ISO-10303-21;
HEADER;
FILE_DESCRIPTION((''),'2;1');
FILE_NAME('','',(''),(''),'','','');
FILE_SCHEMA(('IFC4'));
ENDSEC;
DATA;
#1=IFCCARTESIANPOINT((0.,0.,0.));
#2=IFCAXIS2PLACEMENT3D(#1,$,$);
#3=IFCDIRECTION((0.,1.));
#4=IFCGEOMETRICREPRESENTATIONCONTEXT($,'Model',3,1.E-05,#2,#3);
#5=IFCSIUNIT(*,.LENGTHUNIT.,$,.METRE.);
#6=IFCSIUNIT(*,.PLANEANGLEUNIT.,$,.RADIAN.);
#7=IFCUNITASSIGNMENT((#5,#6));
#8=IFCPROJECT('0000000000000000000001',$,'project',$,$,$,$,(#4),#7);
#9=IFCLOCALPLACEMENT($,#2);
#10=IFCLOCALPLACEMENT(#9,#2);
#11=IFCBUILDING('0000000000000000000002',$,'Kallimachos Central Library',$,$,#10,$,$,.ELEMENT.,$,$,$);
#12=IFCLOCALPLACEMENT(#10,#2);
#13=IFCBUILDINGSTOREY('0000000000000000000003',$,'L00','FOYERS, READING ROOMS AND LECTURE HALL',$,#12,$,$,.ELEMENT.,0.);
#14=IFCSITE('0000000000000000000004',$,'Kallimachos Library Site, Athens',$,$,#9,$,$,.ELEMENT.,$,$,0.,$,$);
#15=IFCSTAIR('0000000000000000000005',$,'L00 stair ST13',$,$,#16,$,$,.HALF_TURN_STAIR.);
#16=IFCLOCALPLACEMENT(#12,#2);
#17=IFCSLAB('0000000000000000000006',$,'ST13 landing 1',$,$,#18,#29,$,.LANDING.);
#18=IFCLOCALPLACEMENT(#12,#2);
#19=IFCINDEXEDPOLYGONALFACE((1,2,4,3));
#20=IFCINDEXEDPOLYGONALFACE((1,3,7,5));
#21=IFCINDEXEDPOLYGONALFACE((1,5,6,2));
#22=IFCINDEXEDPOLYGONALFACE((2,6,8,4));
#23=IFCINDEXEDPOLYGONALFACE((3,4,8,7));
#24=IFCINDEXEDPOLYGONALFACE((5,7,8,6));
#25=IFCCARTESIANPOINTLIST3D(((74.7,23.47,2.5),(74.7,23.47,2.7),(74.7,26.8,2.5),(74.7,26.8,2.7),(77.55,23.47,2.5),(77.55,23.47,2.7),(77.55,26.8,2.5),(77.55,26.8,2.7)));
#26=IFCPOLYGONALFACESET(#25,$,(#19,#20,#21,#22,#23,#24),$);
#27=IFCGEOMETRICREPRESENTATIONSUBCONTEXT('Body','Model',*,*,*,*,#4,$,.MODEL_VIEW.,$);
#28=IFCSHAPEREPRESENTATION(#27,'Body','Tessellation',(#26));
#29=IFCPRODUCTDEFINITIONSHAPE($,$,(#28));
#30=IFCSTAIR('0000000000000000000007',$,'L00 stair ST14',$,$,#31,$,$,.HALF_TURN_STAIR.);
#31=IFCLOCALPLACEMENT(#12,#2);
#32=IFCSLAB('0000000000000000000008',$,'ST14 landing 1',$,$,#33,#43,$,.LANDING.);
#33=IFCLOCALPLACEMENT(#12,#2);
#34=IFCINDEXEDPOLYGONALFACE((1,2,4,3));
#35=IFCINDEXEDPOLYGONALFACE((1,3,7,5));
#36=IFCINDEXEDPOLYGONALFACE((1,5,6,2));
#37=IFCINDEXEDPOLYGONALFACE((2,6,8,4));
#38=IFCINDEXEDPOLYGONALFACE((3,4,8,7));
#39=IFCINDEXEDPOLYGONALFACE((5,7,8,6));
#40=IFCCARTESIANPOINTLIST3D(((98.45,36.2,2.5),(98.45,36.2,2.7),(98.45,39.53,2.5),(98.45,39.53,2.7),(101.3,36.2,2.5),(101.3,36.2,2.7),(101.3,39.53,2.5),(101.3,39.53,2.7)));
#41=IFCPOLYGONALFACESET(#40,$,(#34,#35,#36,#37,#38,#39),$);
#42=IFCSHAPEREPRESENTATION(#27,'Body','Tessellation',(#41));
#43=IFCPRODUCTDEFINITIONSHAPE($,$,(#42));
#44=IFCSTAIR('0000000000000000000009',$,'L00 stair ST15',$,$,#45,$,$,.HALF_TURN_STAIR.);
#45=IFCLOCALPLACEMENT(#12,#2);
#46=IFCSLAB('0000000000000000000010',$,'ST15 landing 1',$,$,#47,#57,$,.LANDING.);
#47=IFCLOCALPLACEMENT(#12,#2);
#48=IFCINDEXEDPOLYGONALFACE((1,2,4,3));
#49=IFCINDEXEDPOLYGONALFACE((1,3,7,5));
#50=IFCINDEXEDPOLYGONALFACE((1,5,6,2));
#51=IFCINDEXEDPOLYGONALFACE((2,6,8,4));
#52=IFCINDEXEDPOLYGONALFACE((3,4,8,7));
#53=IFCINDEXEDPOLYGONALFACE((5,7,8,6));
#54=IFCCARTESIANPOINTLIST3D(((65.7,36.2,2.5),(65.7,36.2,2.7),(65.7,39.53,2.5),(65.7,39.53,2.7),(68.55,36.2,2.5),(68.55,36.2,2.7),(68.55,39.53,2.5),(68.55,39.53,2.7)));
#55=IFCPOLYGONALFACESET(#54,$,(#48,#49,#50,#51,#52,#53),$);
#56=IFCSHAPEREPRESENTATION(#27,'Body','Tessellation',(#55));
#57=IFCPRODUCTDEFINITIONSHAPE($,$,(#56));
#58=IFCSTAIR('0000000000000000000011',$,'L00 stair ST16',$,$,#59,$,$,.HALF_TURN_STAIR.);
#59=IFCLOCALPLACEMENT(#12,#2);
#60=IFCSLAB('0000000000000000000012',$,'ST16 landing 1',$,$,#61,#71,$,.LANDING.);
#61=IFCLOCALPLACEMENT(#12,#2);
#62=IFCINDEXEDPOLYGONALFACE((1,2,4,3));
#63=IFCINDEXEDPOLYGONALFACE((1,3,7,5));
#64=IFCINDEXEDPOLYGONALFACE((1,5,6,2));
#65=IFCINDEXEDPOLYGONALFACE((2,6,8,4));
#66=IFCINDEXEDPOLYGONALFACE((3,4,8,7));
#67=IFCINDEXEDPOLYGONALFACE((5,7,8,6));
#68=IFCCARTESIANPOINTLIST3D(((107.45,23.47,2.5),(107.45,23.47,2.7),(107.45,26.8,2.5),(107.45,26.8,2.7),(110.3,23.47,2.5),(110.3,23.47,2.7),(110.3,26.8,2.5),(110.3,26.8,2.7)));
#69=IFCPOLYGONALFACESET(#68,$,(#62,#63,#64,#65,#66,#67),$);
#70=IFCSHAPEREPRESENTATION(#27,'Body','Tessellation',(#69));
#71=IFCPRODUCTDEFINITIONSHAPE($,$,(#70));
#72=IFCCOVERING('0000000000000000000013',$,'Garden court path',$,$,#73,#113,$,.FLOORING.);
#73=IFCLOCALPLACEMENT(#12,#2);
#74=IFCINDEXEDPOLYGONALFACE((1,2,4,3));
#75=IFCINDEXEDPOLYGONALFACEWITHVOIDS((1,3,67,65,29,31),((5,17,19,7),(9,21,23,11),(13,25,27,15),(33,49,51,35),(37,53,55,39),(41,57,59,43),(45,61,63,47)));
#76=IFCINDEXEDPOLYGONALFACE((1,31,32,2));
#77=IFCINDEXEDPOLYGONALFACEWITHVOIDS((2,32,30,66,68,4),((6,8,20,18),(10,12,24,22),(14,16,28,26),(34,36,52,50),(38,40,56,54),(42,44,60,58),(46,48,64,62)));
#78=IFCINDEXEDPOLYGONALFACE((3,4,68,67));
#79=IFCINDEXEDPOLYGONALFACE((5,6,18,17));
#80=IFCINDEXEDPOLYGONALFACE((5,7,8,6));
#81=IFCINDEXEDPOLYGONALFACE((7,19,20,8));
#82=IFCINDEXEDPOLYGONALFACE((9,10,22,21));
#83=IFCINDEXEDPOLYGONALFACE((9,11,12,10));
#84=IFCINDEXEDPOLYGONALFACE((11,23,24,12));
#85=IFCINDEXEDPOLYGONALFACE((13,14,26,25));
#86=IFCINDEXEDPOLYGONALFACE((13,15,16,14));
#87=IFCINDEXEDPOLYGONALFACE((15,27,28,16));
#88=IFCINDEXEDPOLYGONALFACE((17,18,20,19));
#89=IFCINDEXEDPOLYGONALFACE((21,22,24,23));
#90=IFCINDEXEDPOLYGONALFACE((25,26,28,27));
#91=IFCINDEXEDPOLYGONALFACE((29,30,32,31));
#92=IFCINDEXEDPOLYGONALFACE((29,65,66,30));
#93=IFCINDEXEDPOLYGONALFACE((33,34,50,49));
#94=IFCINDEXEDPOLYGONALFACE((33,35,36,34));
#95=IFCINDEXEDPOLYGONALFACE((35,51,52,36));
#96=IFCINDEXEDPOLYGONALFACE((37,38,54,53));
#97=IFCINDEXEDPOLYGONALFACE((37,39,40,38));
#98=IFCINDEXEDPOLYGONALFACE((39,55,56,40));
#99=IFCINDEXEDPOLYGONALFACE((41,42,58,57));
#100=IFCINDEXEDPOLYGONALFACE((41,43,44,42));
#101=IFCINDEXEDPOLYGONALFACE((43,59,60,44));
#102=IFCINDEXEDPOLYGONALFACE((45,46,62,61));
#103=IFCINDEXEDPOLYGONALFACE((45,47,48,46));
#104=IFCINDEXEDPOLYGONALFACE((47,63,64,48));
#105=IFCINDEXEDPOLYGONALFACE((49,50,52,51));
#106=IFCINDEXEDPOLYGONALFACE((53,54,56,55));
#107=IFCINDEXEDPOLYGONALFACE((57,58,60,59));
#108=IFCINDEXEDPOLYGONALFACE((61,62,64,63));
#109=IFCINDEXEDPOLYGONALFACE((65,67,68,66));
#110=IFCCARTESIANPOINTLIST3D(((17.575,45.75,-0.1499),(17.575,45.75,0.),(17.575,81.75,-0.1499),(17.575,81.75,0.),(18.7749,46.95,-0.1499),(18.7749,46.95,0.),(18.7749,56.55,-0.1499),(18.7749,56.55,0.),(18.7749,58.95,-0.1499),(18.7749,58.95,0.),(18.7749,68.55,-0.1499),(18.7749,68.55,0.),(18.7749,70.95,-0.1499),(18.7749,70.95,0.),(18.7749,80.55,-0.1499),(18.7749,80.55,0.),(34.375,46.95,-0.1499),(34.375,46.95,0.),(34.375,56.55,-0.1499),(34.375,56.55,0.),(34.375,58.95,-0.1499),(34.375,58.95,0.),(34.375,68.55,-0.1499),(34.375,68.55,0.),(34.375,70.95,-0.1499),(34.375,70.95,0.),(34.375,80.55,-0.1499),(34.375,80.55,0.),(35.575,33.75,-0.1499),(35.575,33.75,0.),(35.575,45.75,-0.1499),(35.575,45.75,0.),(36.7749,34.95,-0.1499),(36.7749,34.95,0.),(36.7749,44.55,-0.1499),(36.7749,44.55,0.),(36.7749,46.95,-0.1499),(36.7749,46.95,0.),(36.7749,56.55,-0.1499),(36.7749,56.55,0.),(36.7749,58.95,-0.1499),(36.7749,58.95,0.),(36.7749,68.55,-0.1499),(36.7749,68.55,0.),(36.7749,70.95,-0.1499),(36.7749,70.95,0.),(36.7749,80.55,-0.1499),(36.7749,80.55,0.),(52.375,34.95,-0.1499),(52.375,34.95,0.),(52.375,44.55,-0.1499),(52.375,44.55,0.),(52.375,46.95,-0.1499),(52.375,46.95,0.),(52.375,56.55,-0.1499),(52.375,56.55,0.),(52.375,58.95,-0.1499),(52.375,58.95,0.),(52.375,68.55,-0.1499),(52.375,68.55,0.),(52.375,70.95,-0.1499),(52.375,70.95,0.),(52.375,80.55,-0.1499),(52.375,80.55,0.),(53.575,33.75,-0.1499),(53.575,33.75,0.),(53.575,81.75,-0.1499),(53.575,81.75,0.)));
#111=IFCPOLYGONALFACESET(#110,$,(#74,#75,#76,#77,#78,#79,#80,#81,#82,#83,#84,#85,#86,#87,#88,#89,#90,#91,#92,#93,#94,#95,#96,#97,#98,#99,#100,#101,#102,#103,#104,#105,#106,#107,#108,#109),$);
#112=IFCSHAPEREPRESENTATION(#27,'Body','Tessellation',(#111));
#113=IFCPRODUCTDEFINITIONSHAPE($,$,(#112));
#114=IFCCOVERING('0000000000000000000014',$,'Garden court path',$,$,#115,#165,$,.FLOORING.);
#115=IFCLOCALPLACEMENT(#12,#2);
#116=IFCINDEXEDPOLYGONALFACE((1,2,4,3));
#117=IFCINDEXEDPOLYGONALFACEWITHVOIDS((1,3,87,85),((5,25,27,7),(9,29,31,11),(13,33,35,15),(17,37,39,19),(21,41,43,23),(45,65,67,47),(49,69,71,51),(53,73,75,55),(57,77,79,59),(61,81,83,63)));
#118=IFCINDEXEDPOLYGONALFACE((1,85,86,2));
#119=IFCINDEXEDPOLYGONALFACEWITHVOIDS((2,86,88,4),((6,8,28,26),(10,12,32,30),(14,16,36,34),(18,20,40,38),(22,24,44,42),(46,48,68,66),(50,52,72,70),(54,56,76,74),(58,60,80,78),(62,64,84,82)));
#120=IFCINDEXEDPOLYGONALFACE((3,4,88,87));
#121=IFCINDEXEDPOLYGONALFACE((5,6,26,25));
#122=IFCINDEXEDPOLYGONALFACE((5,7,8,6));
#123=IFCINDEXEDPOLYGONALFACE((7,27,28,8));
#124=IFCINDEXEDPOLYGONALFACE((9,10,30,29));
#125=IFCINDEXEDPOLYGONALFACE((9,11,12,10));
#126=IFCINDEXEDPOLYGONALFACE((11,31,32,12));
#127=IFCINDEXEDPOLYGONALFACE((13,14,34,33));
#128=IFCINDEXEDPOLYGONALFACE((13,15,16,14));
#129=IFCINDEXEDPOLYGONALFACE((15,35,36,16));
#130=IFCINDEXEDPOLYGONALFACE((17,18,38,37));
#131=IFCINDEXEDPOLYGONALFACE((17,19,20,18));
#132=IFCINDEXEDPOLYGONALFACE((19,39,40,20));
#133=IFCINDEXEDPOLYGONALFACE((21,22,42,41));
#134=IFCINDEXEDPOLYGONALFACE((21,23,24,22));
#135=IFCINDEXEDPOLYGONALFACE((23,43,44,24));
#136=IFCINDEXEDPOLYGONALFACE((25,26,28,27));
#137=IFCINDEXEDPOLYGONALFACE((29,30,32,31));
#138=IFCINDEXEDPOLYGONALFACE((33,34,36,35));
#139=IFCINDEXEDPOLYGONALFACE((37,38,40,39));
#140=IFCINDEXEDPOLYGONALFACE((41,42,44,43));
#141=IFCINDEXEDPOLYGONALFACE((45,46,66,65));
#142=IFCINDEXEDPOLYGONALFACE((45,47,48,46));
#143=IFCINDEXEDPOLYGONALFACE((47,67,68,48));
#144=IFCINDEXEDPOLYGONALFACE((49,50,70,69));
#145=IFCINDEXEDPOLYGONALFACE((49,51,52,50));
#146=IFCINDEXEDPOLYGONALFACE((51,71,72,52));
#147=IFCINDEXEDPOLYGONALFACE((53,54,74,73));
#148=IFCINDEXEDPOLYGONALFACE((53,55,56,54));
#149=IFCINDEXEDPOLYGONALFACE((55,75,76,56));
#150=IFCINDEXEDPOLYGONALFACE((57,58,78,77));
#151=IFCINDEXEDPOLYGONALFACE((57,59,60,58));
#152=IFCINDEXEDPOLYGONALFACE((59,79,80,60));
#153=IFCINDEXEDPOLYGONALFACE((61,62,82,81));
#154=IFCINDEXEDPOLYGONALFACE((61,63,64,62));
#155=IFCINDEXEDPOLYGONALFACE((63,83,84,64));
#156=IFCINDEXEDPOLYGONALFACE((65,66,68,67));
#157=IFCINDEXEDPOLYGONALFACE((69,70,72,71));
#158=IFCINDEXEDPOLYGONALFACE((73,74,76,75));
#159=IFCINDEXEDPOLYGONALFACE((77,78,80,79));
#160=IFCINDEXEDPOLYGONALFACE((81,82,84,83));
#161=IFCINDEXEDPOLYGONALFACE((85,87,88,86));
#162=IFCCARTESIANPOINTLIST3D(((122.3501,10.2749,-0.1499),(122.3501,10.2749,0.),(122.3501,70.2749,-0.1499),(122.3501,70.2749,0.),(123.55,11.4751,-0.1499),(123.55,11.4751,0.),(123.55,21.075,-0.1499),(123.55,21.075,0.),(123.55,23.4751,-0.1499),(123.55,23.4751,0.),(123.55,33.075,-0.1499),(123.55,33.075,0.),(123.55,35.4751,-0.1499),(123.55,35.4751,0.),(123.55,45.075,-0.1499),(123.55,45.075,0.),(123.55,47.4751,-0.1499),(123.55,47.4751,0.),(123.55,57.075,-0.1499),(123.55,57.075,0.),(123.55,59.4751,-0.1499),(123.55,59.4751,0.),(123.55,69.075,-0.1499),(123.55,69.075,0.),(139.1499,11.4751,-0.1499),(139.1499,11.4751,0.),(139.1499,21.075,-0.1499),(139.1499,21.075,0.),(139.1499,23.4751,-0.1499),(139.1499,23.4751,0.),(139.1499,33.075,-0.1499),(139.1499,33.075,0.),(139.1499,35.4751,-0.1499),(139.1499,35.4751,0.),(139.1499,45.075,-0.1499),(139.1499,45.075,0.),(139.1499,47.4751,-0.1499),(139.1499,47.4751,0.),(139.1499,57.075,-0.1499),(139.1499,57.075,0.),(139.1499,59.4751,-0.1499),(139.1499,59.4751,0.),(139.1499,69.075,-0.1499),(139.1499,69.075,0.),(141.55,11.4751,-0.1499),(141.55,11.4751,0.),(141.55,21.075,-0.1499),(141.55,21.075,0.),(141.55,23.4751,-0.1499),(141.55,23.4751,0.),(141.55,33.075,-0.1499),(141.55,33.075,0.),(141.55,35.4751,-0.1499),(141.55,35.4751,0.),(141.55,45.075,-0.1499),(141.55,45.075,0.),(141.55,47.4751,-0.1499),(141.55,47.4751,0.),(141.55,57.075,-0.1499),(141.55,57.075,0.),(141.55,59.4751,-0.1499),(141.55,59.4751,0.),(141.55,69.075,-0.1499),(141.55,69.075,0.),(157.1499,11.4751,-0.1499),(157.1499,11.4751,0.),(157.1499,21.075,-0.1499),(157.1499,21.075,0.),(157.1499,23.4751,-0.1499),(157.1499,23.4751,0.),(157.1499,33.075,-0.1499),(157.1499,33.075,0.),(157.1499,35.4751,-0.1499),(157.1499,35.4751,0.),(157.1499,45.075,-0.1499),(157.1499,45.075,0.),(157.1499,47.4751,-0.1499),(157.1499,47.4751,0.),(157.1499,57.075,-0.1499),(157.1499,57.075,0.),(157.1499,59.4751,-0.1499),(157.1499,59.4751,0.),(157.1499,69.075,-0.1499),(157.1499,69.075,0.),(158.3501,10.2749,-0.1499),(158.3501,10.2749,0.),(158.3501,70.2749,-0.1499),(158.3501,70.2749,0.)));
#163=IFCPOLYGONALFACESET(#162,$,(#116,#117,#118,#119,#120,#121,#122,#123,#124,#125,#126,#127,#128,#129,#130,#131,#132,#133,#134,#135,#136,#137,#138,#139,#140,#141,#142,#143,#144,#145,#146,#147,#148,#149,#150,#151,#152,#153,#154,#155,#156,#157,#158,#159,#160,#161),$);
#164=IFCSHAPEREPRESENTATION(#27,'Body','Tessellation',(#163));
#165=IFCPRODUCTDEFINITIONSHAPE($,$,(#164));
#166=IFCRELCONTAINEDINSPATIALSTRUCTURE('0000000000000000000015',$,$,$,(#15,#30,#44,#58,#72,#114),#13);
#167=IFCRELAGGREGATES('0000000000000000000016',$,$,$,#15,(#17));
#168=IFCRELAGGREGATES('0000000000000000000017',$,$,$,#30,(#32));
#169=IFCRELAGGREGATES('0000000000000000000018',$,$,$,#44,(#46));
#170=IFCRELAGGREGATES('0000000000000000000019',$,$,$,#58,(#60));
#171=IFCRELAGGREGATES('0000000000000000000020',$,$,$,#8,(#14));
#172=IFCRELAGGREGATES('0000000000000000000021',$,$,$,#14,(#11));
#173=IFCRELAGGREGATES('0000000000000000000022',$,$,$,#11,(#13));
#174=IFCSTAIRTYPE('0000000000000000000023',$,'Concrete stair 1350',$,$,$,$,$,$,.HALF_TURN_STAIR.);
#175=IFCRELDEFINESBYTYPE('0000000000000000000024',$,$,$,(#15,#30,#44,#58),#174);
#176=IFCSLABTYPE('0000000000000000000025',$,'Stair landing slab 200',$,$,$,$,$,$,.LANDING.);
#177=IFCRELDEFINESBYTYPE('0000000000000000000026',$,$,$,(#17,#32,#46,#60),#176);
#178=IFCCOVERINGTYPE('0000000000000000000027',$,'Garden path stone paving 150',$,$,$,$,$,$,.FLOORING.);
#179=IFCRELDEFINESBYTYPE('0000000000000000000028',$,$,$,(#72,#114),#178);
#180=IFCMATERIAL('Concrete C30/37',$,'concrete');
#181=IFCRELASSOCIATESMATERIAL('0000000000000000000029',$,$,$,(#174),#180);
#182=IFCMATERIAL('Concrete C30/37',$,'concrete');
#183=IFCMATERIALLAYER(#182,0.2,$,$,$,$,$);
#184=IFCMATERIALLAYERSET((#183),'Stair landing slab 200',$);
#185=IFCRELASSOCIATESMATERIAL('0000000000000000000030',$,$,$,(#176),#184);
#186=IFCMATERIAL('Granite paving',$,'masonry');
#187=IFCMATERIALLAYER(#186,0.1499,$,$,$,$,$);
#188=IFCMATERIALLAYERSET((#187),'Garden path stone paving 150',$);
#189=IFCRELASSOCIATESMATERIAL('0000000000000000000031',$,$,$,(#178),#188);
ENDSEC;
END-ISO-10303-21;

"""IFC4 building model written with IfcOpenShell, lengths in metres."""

from ifc_helpers import new_model, si_unit, direction, frame, origin, place, context, subcontext, project, spatial, polyline, outline, extrude, material, layer, layer_set, type_object, element, aggregate, save


model = new_model("IFC4")

# Units and contexts
model_context = context("Model", 3, precision=1e-05, world=origin(), true_north=direction((0.0, 1.0)))
body_context = subcontext(model_context, "Body", "Model", "MODEL_VIEW")
ifc_project = project(units=[si_unit("LENGTHUNIT", "METRE"), si_unit("PLANEANGLEUNIT", "RADIAN")], contexts=[model_context])

# Site, building, storey
site_placement = place(None, origin())
site = spatial("IfcSite", under=ifc_project, at=site_placement, Name="Kallimachos Library Site, Athens", CompositionType="ELEMENT", RefElevation=0.0)
building_placement = place(site_placement, origin())
building = spatial("IfcBuilding", under=site, at=building_placement, Name="Kallimachos Central Library", CompositionType="ELEMENT")
storey_placement = place(building_placement, origin())
storey = spatial("IfcBuildingStorey", under=building, at=storey_placement, Name="L00", Description="FOYERS, READING ROOMS AND LECTURE HALL", CompositionType="ELEMENT", Elevation=0.0)

# Stairs, slabs
ifc_material_1 = material(Name="Concrete C30/37", Category="concrete")
stair_type_1 = type_object("IfcStairType", Name="Concrete stair 1350", PredefinedType="HALF_TURN_STAIR", material=ifc_material_1)
stair_1_placement = place(storey_placement, origin())
stair_1 = element("IfcStair", 1, at=stair_1_placement, inside=storey, type_object=stair_type_1, Name="L00 stair ST13", PredefinedType="HALF_TURN_STAIR")
ifc_material_2 = material(Name="Concrete C30/37", Category="concrete")
ifc_layer_1 = layer(ifc_material_2, 0.2)
ifc_layer_set_1 = layer_set([ifc_layer_1], Name="Stair landing slab 200")
slab_type_1 = type_object("IfcSlabType", Name="Stair landing slab 200", PredefinedType="LANDING", material=ifc_layer_set_1)
slab_1_placement = place(storey_placement, frame((0.0, 0.0, 2.5)))
slab_1 = element("IfcSlab", 2, at=slab_1_placement, type_object=slab_type_1, Name="ST13 landing 1", PredefinedType="LANDING", context=body_context, shape_type="SweptSolid", body=[
    extrude(outline(polyline([(77.55, 23.47), (77.55, 26.8), (74.7, 26.8), (74.7, 23.47), (77.55, 23.47)])), origin(), (0.0, 0.0, 1.0), 0.2),
])
aggregate(stair_1, [slab_1])
stair_2_placement = place(storey_placement, origin())
stair_2 = element("IfcStair", 3, at=stair_2_placement, inside=storey, type_object=stair_type_1, Name="L00 stair ST14", PredefinedType="HALF_TURN_STAIR")
slab_2_placement = place(storey_placement, frame((0.0, 0.0, 2.5)))
slab_2 = element("IfcSlab", 4, at=slab_2_placement, type_object=slab_type_1, Name="ST14 landing 1", PredefinedType="LANDING", context=body_context, shape_type="SweptSolid", body=[
    extrude(outline(polyline([(98.45, 39.53), (98.45, 36.2), (101.3, 36.2), (101.3, 39.53), (98.45, 39.53)])), origin(), (0.0, 0.0, 1.0), 0.2),
])
aggregate(stair_2, [slab_2])
stair_3_placement = place(storey_placement, origin())
stair_3 = element("IfcStair", 5, at=stair_3_placement, inside=storey, type_object=stair_type_1, Name="L00 stair ST15", PredefinedType="HALF_TURN_STAIR")
slab_3_placement = place(storey_placement, frame((0.0, 0.0, 2.5)))
slab_3 = element("IfcSlab", 6, at=slab_3_placement, type_object=slab_type_1, Name="ST15 landing 1", PredefinedType="LANDING", context=body_context, shape_type="SweptSolid", body=[
    extrude(outline(polyline([(65.7, 39.53), (65.7, 36.2), (68.55, 36.2), (68.55, 39.53), (65.7, 39.53)])), origin(), (0.0, 0.0, 1.0), 0.2),
])
aggregate(stair_3, [slab_3])
stair_4_placement = place(storey_placement, origin())
stair_4 = element("IfcStair", 7, at=stair_4_placement, inside=storey, type_object=stair_type_1, Name="L00 stair ST16", PredefinedType="HALF_TURN_STAIR")
slab_4_placement = place(storey_placement, frame((0.0, 0.0, 2.5)))
slab_4 = element("IfcSlab", 8, at=slab_4_placement, type_object=slab_type_1, Name="ST16 landing 1", PredefinedType="LANDING", context=body_context, shape_type="SweptSolid", body=[
    extrude(outline(polyline([(110.3, 23.47), (110.3, 26.8), (107.45, 26.8), (107.45, 23.47), (110.3, 23.47)])), origin(), (0.0, 0.0, 1.0), 0.2),
])
aggregate(stair_4, [slab_4])

# Coverings
ifc_material_3 = material(Name="Granite paving", Category="masonry")
ifc_layer_2 = layer(ifc_material_3, 0.1499)
ifc_layer_set_2 = layer_set([ifc_layer_2], Name="Garden path stone paving 150")
covering_type = type_object("IfcCoveringType", Name="Garden path stone paving 150", PredefinedType="FLOORING", material=ifc_layer_set_2)
covering_1_placement = place(storey_placement, frame((0.0, 0.0, -0.1499)))
element("IfcCovering", 9, at=covering_1_placement, inside=storey, type_object=covering_type, Name="Garden court path", PredefinedType="FLOORING", context=body_context, shape_type="SweptSolid", body=[
    extrude(outline(polyline([(17.575, 81.75), (53.575, 81.75), (53.575, 33.75), (35.575, 33.75), (35.575, 45.75), (17.575, 45.75), (17.575, 81.75)]), holes=[polyline([(36.7749, 44.55), (36.7749, 34.95), (52.375, 34.95), (52.375, 44.55), (36.7749, 44.55)]), polyline([(18.7749, 56.55), (18.7749, 46.95), (34.375, 46.95), (34.375, 56.55), (18.7749, 56.55)]), polyline([(52.375, 56.55), (36.7749, 56.55), (36.7749, 46.95), (52.375, 46.95), (52.375, 56.55)]), polyline([(18.7749, 68.55), (18.7749, 58.95), (34.375, 58.95), (34.375, 68.55), (18.7749, 68.55)]), polyline([(52.375, 68.55), (36.7749, 68.55), (36.7749, 58.95), (52.375, 58.95), (52.375, 68.55)]), polyline([(18.7749, 80.55), (18.7749, 70.95), (34.375, 70.95), (34.375, 80.55), (18.7749, 80.55)]), polyline([(52.375, 80.55), (36.7749, 80.55), (36.7749, 70.95), (52.375, 70.95), (52.375, 80.55)])]), origin(), (0.0, 0.0, 1.0), 0.1499),
])
covering_2_placement = place(storey_placement, frame((0.0, 0.0, -0.1499)))
element("IfcCovering", 10, at=covering_2_placement, inside=storey, type_object=covering_type, Name="Garden court path", PredefinedType="FLOORING", context=body_context, shape_type="SweptSolid", body=[
    extrude(outline(polyline([(158.3501, 70.2749), (158.3501, 10.2749), (122.3501, 10.2749), (122.3501, 70.2749), (158.3501, 70.2749)]), holes=[polyline([(123.55, 21.075), (123.55, 11.4751), (139.1499, 11.4751), (139.1499, 21.075), (123.55, 21.075)]), polyline([(157.1499, 21.075), (141.55, 21.075), (141.55, 11.4751), (157.1499, 11.4751), (157.1499, 21.075)]), polyline([(123.55, 33.075), (123.55, 23.4751), (139.1499, 23.4751), (139.1499, 33.075), (123.55, 33.075)]), polyline([(157.1499, 23.4751), (157.1499, 33.075), (141.55, 33.075), (141.55, 23.4751), (157.1499, 23.4751)]), polyline([(139.1499, 45.075), (123.55, 45.075), (123.55, 35.4751), (139.1499, 35.4751), (139.1499, 45.075)]), polyline([(141.55, 45.075), (141.55, 35.4751), (157.1499, 35.4751), (157.1499, 45.075), (141.55, 45.075)]), polyline([(123.55, 57.075), (123.55, 47.4751), (139.1499, 47.4751), (139.1499, 57.075), (123.55, 57.075)]), polyline([(157.1499, 57.075), (141.55, 57.075), (141.55, 47.4751), (157.1499, 47.4751), (157.1499, 57.075)]), polyline([(139.1499, 69.075), (123.55, 69.075), (123.55, 59.4751), (139.1499, 59.4751), (139.1499, 69.075)]), polyline([(157.1499, 59.4751), (157.1499, 69.075), (141.55, 69.075), (141.55, 59.4751), (157.1499, 59.4751)])]), origin(), (0.0, 0.0, 1.0), 0.1499),
])

save(model, "model.ifc")
